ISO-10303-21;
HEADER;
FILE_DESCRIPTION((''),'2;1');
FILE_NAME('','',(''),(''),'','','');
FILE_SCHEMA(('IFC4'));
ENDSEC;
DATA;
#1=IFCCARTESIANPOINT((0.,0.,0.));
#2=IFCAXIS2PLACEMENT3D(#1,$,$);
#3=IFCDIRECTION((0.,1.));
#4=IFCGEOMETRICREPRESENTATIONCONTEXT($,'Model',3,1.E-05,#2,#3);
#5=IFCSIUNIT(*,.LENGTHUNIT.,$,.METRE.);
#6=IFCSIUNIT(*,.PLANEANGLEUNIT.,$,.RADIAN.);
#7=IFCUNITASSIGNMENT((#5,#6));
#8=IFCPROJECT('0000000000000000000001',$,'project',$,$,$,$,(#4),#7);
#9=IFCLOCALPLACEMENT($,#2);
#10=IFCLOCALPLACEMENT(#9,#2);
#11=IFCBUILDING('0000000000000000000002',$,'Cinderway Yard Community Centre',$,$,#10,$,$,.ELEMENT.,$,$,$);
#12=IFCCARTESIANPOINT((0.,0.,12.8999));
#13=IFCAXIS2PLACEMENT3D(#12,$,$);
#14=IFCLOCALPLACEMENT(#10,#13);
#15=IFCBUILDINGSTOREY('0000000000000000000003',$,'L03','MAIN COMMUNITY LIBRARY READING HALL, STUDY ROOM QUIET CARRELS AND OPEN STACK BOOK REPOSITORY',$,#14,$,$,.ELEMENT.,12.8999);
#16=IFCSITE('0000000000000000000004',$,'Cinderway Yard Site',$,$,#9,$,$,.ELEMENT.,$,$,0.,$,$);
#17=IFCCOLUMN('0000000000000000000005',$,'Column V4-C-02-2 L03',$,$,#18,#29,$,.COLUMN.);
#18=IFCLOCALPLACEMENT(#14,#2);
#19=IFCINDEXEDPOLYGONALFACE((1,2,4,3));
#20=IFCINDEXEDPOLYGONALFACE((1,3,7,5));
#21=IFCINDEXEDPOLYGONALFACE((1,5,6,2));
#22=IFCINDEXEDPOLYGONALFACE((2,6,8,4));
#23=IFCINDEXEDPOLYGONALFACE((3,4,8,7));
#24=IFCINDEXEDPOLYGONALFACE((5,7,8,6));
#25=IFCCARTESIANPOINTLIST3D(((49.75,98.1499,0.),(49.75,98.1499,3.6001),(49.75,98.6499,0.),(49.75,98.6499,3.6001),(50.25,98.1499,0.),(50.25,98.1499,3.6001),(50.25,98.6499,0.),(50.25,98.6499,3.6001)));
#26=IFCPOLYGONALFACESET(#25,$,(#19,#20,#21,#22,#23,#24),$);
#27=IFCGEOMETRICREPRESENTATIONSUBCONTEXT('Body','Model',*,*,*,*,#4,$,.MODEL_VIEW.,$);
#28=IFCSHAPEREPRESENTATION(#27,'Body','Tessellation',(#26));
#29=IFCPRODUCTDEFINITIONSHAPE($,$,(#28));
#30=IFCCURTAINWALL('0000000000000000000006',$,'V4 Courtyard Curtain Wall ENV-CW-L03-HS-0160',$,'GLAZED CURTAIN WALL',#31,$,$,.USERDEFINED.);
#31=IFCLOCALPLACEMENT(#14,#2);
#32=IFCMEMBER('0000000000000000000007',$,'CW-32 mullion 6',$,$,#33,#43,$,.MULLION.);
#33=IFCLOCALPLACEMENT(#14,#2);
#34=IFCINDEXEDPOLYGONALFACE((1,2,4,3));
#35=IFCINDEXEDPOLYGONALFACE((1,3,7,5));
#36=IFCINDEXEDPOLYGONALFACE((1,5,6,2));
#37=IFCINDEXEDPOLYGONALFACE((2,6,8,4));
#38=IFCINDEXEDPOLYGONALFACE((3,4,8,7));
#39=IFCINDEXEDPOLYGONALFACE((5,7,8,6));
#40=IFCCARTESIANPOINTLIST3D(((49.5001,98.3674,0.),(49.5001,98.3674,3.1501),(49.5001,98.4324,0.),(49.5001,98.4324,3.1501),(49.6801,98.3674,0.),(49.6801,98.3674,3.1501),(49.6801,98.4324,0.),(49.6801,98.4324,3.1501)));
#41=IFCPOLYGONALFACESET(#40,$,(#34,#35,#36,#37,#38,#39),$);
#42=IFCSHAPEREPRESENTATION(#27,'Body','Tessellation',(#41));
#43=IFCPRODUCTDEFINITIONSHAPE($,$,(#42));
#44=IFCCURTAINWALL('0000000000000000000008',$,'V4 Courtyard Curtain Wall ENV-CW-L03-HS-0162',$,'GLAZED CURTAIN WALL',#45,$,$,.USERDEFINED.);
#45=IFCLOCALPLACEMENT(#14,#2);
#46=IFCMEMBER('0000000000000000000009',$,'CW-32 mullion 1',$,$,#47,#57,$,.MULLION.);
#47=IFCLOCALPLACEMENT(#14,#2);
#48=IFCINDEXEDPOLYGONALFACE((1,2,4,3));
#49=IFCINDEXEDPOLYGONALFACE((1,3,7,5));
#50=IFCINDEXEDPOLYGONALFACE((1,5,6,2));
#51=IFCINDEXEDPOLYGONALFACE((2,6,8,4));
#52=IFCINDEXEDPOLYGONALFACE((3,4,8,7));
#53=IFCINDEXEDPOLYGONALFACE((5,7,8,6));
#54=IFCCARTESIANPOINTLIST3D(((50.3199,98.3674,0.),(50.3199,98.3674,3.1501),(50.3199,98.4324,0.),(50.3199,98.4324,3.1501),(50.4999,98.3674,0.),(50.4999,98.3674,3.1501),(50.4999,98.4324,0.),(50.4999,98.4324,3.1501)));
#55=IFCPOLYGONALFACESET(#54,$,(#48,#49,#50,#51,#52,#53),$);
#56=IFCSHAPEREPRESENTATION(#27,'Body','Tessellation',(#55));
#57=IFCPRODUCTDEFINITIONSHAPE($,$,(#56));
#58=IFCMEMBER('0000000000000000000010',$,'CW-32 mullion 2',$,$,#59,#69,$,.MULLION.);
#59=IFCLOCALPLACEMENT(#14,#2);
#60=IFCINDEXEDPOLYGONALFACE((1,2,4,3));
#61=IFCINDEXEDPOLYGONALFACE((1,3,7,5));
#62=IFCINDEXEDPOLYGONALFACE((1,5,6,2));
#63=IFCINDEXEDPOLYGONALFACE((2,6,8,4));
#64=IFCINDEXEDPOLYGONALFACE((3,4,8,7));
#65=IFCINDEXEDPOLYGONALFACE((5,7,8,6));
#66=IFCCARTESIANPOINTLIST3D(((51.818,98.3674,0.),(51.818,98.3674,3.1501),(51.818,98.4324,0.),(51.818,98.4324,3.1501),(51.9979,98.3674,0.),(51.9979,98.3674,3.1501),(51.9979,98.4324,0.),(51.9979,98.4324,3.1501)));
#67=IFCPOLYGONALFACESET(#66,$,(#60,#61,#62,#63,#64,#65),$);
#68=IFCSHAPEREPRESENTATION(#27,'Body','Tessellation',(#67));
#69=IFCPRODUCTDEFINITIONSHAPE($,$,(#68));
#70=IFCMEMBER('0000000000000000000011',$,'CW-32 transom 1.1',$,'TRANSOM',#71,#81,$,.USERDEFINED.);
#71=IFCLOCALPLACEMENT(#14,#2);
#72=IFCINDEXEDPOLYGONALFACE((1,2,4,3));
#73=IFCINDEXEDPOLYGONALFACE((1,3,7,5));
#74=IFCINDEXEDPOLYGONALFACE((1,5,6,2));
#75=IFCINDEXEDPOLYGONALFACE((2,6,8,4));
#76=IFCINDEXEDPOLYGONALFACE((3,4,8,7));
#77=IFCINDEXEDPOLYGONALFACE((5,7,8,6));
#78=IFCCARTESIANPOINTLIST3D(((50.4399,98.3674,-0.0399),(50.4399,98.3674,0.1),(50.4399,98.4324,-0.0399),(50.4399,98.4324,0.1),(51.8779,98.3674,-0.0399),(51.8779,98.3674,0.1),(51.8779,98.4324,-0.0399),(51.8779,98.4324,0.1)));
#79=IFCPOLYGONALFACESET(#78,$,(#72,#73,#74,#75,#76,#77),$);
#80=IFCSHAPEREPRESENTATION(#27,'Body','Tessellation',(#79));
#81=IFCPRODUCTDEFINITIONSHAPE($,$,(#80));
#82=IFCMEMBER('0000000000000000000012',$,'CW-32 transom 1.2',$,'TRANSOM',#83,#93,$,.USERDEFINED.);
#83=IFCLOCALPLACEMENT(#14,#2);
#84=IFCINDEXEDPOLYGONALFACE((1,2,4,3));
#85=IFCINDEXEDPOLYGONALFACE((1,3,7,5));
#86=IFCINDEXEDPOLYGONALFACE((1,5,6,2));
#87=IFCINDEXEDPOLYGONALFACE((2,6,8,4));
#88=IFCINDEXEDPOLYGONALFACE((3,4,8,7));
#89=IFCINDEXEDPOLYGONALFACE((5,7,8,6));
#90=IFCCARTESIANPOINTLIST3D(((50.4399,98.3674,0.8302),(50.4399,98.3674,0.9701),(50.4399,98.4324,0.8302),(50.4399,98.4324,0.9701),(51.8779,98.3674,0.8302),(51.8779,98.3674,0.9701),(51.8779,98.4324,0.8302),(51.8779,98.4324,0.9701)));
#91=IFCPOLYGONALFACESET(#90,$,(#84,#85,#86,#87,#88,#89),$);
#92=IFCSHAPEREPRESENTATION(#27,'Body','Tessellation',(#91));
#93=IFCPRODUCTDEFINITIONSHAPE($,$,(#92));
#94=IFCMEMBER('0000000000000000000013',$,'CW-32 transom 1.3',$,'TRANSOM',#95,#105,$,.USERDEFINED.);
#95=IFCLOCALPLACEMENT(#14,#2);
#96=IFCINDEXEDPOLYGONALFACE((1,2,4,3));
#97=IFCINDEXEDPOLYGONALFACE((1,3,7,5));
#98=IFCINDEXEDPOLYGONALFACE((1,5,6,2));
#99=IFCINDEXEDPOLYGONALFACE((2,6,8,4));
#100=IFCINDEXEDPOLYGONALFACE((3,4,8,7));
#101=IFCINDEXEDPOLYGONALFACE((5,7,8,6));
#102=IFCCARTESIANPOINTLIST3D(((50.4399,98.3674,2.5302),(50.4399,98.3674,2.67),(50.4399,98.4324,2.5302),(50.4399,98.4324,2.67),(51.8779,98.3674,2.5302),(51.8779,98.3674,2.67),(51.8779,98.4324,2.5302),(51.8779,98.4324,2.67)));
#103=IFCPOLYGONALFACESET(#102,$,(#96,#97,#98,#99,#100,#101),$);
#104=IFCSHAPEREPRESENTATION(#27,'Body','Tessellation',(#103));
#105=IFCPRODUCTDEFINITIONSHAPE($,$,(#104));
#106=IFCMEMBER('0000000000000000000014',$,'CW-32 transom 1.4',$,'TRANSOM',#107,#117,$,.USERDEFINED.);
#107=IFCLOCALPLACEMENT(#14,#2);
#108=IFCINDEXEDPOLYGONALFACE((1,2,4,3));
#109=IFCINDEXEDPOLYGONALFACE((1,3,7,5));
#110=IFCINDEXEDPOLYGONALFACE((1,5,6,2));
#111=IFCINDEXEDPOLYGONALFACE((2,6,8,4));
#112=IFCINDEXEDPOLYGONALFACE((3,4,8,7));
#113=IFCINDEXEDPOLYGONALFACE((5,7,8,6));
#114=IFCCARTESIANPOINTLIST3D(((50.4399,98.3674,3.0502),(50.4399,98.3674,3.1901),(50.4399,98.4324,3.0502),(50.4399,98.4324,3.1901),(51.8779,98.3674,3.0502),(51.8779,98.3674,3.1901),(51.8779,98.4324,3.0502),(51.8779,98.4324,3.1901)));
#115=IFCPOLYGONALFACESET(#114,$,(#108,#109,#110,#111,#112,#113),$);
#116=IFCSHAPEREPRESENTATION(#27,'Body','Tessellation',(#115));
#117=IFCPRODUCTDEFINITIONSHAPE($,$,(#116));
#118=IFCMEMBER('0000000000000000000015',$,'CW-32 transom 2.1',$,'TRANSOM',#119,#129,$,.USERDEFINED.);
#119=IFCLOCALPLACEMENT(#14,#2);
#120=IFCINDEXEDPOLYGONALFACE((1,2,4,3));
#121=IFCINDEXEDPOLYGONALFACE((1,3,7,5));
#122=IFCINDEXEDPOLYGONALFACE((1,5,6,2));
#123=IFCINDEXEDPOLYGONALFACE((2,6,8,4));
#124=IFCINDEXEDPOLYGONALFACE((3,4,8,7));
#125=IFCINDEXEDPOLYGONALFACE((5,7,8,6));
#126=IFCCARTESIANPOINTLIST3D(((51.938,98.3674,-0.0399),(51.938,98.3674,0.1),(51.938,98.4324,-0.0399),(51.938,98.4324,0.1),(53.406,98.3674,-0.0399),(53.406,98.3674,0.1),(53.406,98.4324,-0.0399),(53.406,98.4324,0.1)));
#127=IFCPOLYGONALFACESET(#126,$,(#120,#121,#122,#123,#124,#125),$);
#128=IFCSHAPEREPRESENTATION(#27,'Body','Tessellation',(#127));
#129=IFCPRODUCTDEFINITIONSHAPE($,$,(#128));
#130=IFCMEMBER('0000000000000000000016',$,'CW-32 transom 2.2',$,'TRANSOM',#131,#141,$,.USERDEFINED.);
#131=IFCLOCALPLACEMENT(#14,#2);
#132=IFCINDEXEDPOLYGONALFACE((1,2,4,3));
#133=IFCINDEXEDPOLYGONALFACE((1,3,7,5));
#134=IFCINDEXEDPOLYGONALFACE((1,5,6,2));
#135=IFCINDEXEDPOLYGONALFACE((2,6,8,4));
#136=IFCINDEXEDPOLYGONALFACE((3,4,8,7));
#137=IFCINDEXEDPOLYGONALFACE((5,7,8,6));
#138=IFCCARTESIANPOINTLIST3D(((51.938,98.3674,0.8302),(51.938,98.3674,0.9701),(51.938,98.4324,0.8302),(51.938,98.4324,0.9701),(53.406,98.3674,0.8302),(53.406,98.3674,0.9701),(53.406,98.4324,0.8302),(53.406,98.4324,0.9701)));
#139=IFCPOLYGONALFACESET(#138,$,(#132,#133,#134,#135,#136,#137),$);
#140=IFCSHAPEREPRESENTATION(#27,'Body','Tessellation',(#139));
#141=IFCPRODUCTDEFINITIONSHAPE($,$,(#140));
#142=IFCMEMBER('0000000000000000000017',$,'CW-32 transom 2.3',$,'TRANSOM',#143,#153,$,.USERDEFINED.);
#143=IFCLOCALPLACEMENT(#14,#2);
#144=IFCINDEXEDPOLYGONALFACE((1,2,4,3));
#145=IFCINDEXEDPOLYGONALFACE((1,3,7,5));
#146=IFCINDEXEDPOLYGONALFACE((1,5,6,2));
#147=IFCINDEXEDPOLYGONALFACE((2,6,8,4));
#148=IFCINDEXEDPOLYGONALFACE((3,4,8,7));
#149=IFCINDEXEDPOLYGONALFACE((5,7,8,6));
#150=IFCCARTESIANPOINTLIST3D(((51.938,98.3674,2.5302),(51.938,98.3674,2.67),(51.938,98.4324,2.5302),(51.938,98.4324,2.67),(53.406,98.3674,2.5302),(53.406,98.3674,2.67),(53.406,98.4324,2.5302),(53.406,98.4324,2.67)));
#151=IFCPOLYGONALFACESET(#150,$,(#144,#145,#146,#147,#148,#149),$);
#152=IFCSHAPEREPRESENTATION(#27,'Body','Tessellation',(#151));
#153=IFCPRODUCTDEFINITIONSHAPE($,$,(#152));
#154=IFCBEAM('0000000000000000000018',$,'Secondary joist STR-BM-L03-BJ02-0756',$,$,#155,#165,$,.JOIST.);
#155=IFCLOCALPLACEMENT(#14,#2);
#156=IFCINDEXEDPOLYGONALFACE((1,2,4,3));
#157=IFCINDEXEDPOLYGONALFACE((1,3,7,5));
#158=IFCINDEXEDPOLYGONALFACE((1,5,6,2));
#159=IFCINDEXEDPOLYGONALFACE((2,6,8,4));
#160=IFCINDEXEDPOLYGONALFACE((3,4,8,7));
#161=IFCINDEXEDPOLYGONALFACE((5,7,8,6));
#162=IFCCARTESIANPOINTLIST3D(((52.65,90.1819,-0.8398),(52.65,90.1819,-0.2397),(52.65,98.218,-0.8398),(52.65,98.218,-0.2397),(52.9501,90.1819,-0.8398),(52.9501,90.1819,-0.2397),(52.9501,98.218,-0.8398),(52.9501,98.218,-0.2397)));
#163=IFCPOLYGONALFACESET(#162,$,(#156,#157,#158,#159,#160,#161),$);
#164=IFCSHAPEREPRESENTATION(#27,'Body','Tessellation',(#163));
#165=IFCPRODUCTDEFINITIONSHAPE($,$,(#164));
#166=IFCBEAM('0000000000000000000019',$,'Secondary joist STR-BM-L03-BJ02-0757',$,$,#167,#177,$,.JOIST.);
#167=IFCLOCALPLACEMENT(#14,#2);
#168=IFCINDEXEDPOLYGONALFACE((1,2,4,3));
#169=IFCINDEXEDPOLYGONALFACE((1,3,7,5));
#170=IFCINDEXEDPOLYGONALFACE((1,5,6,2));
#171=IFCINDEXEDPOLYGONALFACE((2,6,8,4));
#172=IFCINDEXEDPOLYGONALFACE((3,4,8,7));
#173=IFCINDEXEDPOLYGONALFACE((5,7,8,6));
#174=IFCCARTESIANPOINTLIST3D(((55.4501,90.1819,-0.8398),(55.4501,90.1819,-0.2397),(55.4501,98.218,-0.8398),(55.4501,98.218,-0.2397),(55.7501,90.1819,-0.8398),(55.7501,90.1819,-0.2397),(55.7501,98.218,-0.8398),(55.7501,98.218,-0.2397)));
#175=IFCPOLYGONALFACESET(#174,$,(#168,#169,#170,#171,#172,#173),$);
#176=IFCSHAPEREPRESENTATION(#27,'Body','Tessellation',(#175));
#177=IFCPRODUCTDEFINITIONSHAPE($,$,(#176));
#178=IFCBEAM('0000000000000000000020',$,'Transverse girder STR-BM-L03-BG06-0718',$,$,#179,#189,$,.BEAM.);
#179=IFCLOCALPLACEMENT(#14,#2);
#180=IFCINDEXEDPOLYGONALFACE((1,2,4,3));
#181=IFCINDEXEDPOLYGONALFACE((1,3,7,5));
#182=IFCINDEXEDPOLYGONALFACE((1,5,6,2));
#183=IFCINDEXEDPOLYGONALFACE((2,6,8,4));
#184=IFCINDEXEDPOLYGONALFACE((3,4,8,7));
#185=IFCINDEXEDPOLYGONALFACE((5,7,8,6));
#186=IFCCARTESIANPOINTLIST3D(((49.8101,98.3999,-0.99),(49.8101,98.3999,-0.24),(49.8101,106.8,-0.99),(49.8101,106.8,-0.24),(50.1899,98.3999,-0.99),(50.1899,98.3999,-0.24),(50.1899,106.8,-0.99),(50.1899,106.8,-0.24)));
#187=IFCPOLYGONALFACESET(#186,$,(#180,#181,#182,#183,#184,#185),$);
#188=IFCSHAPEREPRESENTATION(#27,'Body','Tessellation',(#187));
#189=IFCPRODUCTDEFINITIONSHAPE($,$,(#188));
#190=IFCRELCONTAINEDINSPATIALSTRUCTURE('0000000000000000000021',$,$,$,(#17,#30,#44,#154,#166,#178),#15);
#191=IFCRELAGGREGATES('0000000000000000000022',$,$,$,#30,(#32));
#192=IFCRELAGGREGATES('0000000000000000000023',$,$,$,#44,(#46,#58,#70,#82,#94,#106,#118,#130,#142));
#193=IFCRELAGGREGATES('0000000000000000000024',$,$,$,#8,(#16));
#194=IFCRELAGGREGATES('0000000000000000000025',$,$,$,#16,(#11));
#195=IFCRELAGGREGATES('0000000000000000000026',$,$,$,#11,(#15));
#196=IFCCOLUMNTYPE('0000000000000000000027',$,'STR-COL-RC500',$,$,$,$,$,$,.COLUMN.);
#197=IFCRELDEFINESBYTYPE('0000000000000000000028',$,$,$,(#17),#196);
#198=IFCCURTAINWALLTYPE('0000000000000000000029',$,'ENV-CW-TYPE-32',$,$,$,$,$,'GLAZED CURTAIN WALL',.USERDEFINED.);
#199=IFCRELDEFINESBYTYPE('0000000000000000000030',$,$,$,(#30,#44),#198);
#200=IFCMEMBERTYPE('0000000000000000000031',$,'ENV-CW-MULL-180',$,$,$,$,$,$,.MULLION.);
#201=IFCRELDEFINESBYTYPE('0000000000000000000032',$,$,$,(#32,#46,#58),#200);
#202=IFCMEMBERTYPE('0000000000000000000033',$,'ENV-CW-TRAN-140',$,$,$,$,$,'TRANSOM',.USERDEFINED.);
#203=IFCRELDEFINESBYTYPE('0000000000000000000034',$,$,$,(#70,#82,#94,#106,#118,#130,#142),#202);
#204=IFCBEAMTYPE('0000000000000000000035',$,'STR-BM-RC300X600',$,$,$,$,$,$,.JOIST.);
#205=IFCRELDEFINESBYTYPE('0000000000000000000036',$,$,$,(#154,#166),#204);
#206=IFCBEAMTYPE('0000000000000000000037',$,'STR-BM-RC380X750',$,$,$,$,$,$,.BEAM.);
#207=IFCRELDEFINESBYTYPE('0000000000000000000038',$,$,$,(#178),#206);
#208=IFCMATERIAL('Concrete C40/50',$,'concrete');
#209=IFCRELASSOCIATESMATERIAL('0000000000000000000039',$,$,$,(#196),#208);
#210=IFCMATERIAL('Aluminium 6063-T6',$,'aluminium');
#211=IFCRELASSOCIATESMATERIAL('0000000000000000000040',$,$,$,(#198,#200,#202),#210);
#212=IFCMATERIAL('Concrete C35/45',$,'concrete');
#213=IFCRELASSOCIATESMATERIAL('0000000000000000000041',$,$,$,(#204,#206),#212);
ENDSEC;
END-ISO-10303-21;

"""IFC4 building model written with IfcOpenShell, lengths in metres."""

from ifc_helpers import new_model, si_unit, direction, frame, origin, origin_2d, place, context, subcontext, project, spatial, rectangle, extrude, material, material_profile, profile_set, type_object, element, aggregate, save


model = new_model("IFC4")

# Units and contexts
model_context = context("Model", 3, precision=1e-05, world=origin(), true_north=direction((0.0, 1.0)))
body_context = subcontext(model_context, "Body", "Model", "MODEL_VIEW")
ifc_project = project(units=[si_unit("LENGTHUNIT", "METRE"), si_unit("PLANEANGLEUNIT", "RADIAN")], contexts=[model_context])

# Site, building, storey
site_placement = place(None, origin())
site = spatial("IfcSite", under=ifc_project, at=site_placement, Name="Cinderway Yard Site", CompositionType="ELEMENT", RefElevation=0.0)
building_placement = place(site_placement, origin())
building = spatial("IfcBuilding", under=site, at=building_placement, Name="Cinderway Yard Community Centre", CompositionType="ELEMENT")
storey_placement = place(building_placement, frame((0.0, 0.0, 12.8999)))
storey = spatial("IfcBuildingStorey", under=building, at=storey_placement, Name="L03", Description="MAIN COMMUNITY LIBRARY READING HALL, STUDY ROOM QUIET CARRELS AND OPEN STACK BOOK REPOSITORY", CompositionType="ELEMENT", Elevation=12.8999)

# Column
ifc_material_1 = material(Name="Concrete C40/50", Category="concrete")
ifc_material_profile_1 = material_profile(ifc_material_1, rectangle(XDim=0.5, YDim=0.5, at=origin_2d()), Name="Concrete C40/50")
ifc_profile_set_1 = profile_set([ifc_material_profile_1], Name="Concrete C40/50")
column_type = type_object("IfcColumnType", Name="STR-COL-RC500", PredefinedType="COLUMN", material=ifc_profile_set_1)
column_placement = place(storey_placement, frame((50.0, 98.3999, 0.0), z_axis=(0.0, 0.0, 1.0), x_axis=(1.0, 0.0, 0.0)))
element("IfcColumn", 1, at=column_placement, inside=storey, type_object=column_type, Name="Column V4-C-02-2 L03", PredefinedType="COLUMN", context=body_context, shape_type="SweptSolid", body=[
    extrude(rectangle(XDim=0.5, YDim=0.5, at=origin_2d()), origin(), (0.0, 0.0, 1.0), 3.6001),
])

# Curtain wall, member
ifc_material_2 = material(Name="Aluminium 6063-T6", Category="aluminium")
curtain_wall_type = type_object("IfcCurtainWallType", Name="ENV-CW-TYPE-32", ElementType="GLAZED CURTAIN WALL", PredefinedType="USERDEFINED", material=ifc_material_2)
curtain_wall_1_placement = place(storey_placement, origin())
curtain_wall_1 = element("IfcCurtainWall", 2, at=curtain_wall_1_placement, inside=storey, type_object=curtain_wall_type, Name="V4 Courtyard Curtain Wall ENV-CW-L03-HS-0160", ObjectType="GLAZED CURTAIN WALL", PredefinedType="USERDEFINED")
ifc_material_profile_2 = material_profile(ifc_material_2, rectangle(XDim=0.0649, YDim=0.1799, at=origin_2d()), Name="Aluminium 6063-T6")
ifc_profile_set_2 = profile_set([ifc_material_profile_2], Name="Aluminium 6063-T6")
member_type_1 = type_object("IfcMemberType", Name="ENV-CW-MULL-180", PredefinedType="MULLION", material=ifc_profile_set_2)
member_1_placement = place(storey_placement, frame((49.5901, 98.3999, 0.0), z_axis=(0.0, 0.0, 1.0), x_axis=(0.0, 1.0, 0.0)))
member_1 = element("IfcMember", 3, at=member_1_placement, type_object=member_type_1, Name="CW-32 mullion 6", PredefinedType="MULLION", context=body_context, shape_type="SweptSolid", body=[
    extrude(rectangle(XDim=0.0649, YDim=0.1799, at=origin_2d()), origin(), (0.0, 0.0, 1.0), 3.1501),
])

# Curtain wall, members
curtain_wall_2_placement = place(storey_placement, origin())
curtain_wall_2 = element("IfcCurtainWall", 4, at=curtain_wall_2_placement, inside=storey, type_object=curtain_wall_type, Name="V4 Courtyard Curtain Wall ENV-CW-L03-HS-0162", ObjectType="GLAZED CURTAIN WALL", PredefinedType="USERDEFINED")
member_2_placement = place(storey_placement, frame((50.4099, 98.3999, 0.0), z_axis=(0.0, 0.0, 1.0), x_axis=(0.0, 1.0, 0.0)))
member_2 = element("IfcMember", 5, at=member_2_placement, type_object=member_type_1, Name="CW-32 mullion 1", PredefinedType="MULLION", context=body_context, shape_type="SweptSolid", body=[
    extrude(rectangle(XDim=0.0649, YDim=0.1799, at=origin_2d()), origin(), (0.0, 0.0, 1.0), 3.1501),
])
member_3_placement = place(storey_placement, frame((51.908, 98.3999, 0.0), z_axis=(0.0, 0.0, 1.0), x_axis=(0.0, 1.0, 0.0)))
member_3 = element("IfcMember", 6, at=member_3_placement, type_object=member_type_1, Name="CW-32 mullion 2", PredefinedType="MULLION", context=body_context, shape_type="SweptSolid", body=[
    extrude(rectangle(XDim=0.0649, YDim=0.1799, at=origin_2d()), origin(), (0.0, 0.0, 1.0), 3.1501),
])
ifc_material_profile_3 = material_profile(ifc_material_2, rectangle(XDim=0.0649, YDim=0.1399, at=origin_2d()), Name="Aluminium 6063-T6")
ifc_profile_set_3 = profile_set([ifc_material_profile_3], Name="Aluminium 6063-T6")
member_type_2 = type_object("IfcMemberType", Name="ENV-CW-TRAN-140", ElementType="TRANSOM", PredefinedType="USERDEFINED", material=ifc_profile_set_3)
member_4_placement = place(storey_placement, frame((50.4399, 98.3999, 0.03), z_axis=(1.0, 0.0, 0.0), x_axis=(0.0, 1.0, 0.0)))
member_4 = element("IfcMember", 7, at=member_4_placement, type_object=member_type_2, Name="CW-32 transom 1.1", ObjectType="TRANSOM", PredefinedType="USERDEFINED", context=body_context, shape_type="SweptSolid", body=[
    extrude(rectangle(XDim=0.0649, YDim=0.1399, at=origin_2d()), origin(), (0.0, 0.0, 1.0), 1.438),
])
member_5_placement = place(storey_placement, frame((50.4399, 98.3999, 0.9001), z_axis=(1.0, 0.0, 0.0), x_axis=(0.0, 1.0, 0.0)))
member_5 = element("IfcMember", 8, at=member_5_placement, type_object=member_type_2, Name="CW-32 transom 1.2", ObjectType="TRANSOM", PredefinedType="USERDEFINED", context=body_context, shape_type="SweptSolid", body=[
    extrude(rectangle(XDim=0.0649, YDim=0.1399, at=origin_2d()), origin(), (0.0, 0.0, 1.0), 1.438),
])
member_6_placement = place(storey_placement, frame((50.4399, 98.3999, 2.6001), z_axis=(1.0, 0.0, 0.0), x_axis=(0.0, 1.0, 0.0)))
member_6 = element("IfcMember", 9, at=member_6_placement, type_object=member_type_2, Name="CW-32 transom 1.3", ObjectType="TRANSOM", PredefinedType="USERDEFINED", context=body_context, shape_type="SweptSolid", body=[
    extrude(rectangle(XDim=0.0649, YDim=0.1399, at=origin_2d()), origin(), (0.0, 0.0, 1.0), 1.438),
])
member_7_placement = place(storey_placement, frame((50.4399, 98.3999, 3.1201), z_axis=(1.0, 0.0, 0.0), x_axis=(0.0, 1.0, 0.0)))
member_7 = element("IfcMember", 10, at=member_7_placement, type_object=member_type_2, Name="CW-32 transom 1.4", ObjectType="TRANSOM", PredefinedType="USERDEFINED", context=body_context, shape_type="SweptSolid", body=[
    extrude(rectangle(XDim=0.0649, YDim=0.1399, at=origin_2d()), origin(), (0.0, 0.0, 1.0), 1.438),
])
member_8_placement = place(storey_placement, frame((51.938, 98.3999, 0.03), z_axis=(1.0, 0.0, 0.0), x_axis=(0.0, 1.0, 0.0)))
member_8 = element("IfcMember", 11, at=member_8_placement, type_object=member_type_2, Name="CW-32 transom 2.1", ObjectType="TRANSOM", PredefinedType="USERDEFINED", context=body_context, shape_type="SweptSolid", body=[
    extrude(rectangle(XDim=0.0649, YDim=0.1399, at=origin_2d()), origin(), (0.0, 0.0, 1.0), 1.468),
])
member_9_placement = place(storey_placement, frame((51.938, 98.3999, 0.9001), z_axis=(1.0, 0.0, 0.0), x_axis=(0.0, 1.0, 0.0)))
member_9 = element("IfcMember", 12, at=member_9_placement, type_object=member_type_2, Name="CW-32 transom 2.2", ObjectType="TRANSOM", PredefinedType="USERDEFINED", context=body_context, shape_type="SweptSolid", body=[
    extrude(rectangle(XDim=0.0649, YDim=0.1399, at=origin_2d()), origin(), (0.0, 0.0, 1.0), 1.468),
])
member_10_placement = place(storey_placement, frame((51.938, 98.3999, 2.6001), z_axis=(1.0, 0.0, 0.0), x_axis=(0.0, 1.0, 0.0)))
member_10 = element("IfcMember", 13, at=member_10_placement, type_object=member_type_2, Name="CW-32 transom 2.3", ObjectType="TRANSOM", PredefinedType="USERDEFINED", context=body_context, shape_type="SweptSolid", body=[
    extrude(rectangle(XDim=0.0649, YDim=0.1399, at=origin_2d()), origin(), (0.0, 0.0, 1.0), 1.468),
])

# Beams
ifc_material_3 = material(Name="Concrete C35/45", Category="concrete")
ifc_material_profile_4 = material_profile(ifc_material_3, rectangle(XDim=0.3, YDim=0.6001, at=origin_2d()), Name="Concrete C35/45")
ifc_profile_set_4 = profile_set([ifc_material_profile_4], Name="Concrete C35/45")
beam_type_1 = type_object("IfcBeamType", Name="STR-BM-RC300X600", PredefinedType="JOIST", material=ifc_profile_set_4)
for number, where, z_axis, x_axis, name in (
    (14, (52.8, 90.1819, -0.5398), (0.0, 1.0, 0.0), (-1.0, 0.0, 0.0), "Secondary joist STR-BM-L03-BJ02-0756"),
    (15, (55.6001, 90.1819, -0.5398), (0.0, 1.0, 0.0), (-1.0, 0.0, 0.0), "Secondary joist STR-BM-L03-BJ02-0757"),
):
    element("IfcBeam", number, at=place(storey_placement, frame(where, z_axis=z_axis, x_axis=x_axis)), inside=storey, type_object=beam_type_1, Name=name, PredefinedType="JOIST", context=body_context, shape_type="SweptSolid", body=[
        extrude(rectangle(XDim=0.3, YDim=0.6001, at=origin_2d()), origin(), (0.0, 0.0, 1.0), 8.0361),
    ])
ifc_material_profile_5 = material_profile(ifc_material_3, rectangle(XDim=0.3799, YDim=0.75, at=origin_2d()), Name="Concrete C35/45")
ifc_profile_set_5 = profile_set([ifc_material_profile_5], Name="Concrete C35/45")
beam_type_2 = type_object("IfcBeamType", Name="STR-BM-RC380X750", PredefinedType="BEAM", material=ifc_profile_set_5)
beam_1_placement = place(storey_placement, frame((50.0, 98.3999, -0.615), z_axis=(0.0, 1.0, 0.0), x_axis=(-1.0, 0.0, 0.0)))
element("IfcBeam", 16, at=beam_1_placement, inside=storey, type_object=beam_type_2, Name="Transverse girder STR-BM-L03-BG06-0718", PredefinedType="BEAM", context=body_context, shape_type="SweptSolid", body=[
    extrude(rectangle(XDim=0.3799, YDim=0.75, at=origin_2d()), origin(), (0.0, 0.0, 1.0), 8.4001),
])

aggregate(curtain_wall_1, [member_1])
aggregate(curtain_wall_2, [member_2, member_3, member_4, member_5, member_6, member_7, member_8, member_9, member_10])

save(model, "model.ifc")
